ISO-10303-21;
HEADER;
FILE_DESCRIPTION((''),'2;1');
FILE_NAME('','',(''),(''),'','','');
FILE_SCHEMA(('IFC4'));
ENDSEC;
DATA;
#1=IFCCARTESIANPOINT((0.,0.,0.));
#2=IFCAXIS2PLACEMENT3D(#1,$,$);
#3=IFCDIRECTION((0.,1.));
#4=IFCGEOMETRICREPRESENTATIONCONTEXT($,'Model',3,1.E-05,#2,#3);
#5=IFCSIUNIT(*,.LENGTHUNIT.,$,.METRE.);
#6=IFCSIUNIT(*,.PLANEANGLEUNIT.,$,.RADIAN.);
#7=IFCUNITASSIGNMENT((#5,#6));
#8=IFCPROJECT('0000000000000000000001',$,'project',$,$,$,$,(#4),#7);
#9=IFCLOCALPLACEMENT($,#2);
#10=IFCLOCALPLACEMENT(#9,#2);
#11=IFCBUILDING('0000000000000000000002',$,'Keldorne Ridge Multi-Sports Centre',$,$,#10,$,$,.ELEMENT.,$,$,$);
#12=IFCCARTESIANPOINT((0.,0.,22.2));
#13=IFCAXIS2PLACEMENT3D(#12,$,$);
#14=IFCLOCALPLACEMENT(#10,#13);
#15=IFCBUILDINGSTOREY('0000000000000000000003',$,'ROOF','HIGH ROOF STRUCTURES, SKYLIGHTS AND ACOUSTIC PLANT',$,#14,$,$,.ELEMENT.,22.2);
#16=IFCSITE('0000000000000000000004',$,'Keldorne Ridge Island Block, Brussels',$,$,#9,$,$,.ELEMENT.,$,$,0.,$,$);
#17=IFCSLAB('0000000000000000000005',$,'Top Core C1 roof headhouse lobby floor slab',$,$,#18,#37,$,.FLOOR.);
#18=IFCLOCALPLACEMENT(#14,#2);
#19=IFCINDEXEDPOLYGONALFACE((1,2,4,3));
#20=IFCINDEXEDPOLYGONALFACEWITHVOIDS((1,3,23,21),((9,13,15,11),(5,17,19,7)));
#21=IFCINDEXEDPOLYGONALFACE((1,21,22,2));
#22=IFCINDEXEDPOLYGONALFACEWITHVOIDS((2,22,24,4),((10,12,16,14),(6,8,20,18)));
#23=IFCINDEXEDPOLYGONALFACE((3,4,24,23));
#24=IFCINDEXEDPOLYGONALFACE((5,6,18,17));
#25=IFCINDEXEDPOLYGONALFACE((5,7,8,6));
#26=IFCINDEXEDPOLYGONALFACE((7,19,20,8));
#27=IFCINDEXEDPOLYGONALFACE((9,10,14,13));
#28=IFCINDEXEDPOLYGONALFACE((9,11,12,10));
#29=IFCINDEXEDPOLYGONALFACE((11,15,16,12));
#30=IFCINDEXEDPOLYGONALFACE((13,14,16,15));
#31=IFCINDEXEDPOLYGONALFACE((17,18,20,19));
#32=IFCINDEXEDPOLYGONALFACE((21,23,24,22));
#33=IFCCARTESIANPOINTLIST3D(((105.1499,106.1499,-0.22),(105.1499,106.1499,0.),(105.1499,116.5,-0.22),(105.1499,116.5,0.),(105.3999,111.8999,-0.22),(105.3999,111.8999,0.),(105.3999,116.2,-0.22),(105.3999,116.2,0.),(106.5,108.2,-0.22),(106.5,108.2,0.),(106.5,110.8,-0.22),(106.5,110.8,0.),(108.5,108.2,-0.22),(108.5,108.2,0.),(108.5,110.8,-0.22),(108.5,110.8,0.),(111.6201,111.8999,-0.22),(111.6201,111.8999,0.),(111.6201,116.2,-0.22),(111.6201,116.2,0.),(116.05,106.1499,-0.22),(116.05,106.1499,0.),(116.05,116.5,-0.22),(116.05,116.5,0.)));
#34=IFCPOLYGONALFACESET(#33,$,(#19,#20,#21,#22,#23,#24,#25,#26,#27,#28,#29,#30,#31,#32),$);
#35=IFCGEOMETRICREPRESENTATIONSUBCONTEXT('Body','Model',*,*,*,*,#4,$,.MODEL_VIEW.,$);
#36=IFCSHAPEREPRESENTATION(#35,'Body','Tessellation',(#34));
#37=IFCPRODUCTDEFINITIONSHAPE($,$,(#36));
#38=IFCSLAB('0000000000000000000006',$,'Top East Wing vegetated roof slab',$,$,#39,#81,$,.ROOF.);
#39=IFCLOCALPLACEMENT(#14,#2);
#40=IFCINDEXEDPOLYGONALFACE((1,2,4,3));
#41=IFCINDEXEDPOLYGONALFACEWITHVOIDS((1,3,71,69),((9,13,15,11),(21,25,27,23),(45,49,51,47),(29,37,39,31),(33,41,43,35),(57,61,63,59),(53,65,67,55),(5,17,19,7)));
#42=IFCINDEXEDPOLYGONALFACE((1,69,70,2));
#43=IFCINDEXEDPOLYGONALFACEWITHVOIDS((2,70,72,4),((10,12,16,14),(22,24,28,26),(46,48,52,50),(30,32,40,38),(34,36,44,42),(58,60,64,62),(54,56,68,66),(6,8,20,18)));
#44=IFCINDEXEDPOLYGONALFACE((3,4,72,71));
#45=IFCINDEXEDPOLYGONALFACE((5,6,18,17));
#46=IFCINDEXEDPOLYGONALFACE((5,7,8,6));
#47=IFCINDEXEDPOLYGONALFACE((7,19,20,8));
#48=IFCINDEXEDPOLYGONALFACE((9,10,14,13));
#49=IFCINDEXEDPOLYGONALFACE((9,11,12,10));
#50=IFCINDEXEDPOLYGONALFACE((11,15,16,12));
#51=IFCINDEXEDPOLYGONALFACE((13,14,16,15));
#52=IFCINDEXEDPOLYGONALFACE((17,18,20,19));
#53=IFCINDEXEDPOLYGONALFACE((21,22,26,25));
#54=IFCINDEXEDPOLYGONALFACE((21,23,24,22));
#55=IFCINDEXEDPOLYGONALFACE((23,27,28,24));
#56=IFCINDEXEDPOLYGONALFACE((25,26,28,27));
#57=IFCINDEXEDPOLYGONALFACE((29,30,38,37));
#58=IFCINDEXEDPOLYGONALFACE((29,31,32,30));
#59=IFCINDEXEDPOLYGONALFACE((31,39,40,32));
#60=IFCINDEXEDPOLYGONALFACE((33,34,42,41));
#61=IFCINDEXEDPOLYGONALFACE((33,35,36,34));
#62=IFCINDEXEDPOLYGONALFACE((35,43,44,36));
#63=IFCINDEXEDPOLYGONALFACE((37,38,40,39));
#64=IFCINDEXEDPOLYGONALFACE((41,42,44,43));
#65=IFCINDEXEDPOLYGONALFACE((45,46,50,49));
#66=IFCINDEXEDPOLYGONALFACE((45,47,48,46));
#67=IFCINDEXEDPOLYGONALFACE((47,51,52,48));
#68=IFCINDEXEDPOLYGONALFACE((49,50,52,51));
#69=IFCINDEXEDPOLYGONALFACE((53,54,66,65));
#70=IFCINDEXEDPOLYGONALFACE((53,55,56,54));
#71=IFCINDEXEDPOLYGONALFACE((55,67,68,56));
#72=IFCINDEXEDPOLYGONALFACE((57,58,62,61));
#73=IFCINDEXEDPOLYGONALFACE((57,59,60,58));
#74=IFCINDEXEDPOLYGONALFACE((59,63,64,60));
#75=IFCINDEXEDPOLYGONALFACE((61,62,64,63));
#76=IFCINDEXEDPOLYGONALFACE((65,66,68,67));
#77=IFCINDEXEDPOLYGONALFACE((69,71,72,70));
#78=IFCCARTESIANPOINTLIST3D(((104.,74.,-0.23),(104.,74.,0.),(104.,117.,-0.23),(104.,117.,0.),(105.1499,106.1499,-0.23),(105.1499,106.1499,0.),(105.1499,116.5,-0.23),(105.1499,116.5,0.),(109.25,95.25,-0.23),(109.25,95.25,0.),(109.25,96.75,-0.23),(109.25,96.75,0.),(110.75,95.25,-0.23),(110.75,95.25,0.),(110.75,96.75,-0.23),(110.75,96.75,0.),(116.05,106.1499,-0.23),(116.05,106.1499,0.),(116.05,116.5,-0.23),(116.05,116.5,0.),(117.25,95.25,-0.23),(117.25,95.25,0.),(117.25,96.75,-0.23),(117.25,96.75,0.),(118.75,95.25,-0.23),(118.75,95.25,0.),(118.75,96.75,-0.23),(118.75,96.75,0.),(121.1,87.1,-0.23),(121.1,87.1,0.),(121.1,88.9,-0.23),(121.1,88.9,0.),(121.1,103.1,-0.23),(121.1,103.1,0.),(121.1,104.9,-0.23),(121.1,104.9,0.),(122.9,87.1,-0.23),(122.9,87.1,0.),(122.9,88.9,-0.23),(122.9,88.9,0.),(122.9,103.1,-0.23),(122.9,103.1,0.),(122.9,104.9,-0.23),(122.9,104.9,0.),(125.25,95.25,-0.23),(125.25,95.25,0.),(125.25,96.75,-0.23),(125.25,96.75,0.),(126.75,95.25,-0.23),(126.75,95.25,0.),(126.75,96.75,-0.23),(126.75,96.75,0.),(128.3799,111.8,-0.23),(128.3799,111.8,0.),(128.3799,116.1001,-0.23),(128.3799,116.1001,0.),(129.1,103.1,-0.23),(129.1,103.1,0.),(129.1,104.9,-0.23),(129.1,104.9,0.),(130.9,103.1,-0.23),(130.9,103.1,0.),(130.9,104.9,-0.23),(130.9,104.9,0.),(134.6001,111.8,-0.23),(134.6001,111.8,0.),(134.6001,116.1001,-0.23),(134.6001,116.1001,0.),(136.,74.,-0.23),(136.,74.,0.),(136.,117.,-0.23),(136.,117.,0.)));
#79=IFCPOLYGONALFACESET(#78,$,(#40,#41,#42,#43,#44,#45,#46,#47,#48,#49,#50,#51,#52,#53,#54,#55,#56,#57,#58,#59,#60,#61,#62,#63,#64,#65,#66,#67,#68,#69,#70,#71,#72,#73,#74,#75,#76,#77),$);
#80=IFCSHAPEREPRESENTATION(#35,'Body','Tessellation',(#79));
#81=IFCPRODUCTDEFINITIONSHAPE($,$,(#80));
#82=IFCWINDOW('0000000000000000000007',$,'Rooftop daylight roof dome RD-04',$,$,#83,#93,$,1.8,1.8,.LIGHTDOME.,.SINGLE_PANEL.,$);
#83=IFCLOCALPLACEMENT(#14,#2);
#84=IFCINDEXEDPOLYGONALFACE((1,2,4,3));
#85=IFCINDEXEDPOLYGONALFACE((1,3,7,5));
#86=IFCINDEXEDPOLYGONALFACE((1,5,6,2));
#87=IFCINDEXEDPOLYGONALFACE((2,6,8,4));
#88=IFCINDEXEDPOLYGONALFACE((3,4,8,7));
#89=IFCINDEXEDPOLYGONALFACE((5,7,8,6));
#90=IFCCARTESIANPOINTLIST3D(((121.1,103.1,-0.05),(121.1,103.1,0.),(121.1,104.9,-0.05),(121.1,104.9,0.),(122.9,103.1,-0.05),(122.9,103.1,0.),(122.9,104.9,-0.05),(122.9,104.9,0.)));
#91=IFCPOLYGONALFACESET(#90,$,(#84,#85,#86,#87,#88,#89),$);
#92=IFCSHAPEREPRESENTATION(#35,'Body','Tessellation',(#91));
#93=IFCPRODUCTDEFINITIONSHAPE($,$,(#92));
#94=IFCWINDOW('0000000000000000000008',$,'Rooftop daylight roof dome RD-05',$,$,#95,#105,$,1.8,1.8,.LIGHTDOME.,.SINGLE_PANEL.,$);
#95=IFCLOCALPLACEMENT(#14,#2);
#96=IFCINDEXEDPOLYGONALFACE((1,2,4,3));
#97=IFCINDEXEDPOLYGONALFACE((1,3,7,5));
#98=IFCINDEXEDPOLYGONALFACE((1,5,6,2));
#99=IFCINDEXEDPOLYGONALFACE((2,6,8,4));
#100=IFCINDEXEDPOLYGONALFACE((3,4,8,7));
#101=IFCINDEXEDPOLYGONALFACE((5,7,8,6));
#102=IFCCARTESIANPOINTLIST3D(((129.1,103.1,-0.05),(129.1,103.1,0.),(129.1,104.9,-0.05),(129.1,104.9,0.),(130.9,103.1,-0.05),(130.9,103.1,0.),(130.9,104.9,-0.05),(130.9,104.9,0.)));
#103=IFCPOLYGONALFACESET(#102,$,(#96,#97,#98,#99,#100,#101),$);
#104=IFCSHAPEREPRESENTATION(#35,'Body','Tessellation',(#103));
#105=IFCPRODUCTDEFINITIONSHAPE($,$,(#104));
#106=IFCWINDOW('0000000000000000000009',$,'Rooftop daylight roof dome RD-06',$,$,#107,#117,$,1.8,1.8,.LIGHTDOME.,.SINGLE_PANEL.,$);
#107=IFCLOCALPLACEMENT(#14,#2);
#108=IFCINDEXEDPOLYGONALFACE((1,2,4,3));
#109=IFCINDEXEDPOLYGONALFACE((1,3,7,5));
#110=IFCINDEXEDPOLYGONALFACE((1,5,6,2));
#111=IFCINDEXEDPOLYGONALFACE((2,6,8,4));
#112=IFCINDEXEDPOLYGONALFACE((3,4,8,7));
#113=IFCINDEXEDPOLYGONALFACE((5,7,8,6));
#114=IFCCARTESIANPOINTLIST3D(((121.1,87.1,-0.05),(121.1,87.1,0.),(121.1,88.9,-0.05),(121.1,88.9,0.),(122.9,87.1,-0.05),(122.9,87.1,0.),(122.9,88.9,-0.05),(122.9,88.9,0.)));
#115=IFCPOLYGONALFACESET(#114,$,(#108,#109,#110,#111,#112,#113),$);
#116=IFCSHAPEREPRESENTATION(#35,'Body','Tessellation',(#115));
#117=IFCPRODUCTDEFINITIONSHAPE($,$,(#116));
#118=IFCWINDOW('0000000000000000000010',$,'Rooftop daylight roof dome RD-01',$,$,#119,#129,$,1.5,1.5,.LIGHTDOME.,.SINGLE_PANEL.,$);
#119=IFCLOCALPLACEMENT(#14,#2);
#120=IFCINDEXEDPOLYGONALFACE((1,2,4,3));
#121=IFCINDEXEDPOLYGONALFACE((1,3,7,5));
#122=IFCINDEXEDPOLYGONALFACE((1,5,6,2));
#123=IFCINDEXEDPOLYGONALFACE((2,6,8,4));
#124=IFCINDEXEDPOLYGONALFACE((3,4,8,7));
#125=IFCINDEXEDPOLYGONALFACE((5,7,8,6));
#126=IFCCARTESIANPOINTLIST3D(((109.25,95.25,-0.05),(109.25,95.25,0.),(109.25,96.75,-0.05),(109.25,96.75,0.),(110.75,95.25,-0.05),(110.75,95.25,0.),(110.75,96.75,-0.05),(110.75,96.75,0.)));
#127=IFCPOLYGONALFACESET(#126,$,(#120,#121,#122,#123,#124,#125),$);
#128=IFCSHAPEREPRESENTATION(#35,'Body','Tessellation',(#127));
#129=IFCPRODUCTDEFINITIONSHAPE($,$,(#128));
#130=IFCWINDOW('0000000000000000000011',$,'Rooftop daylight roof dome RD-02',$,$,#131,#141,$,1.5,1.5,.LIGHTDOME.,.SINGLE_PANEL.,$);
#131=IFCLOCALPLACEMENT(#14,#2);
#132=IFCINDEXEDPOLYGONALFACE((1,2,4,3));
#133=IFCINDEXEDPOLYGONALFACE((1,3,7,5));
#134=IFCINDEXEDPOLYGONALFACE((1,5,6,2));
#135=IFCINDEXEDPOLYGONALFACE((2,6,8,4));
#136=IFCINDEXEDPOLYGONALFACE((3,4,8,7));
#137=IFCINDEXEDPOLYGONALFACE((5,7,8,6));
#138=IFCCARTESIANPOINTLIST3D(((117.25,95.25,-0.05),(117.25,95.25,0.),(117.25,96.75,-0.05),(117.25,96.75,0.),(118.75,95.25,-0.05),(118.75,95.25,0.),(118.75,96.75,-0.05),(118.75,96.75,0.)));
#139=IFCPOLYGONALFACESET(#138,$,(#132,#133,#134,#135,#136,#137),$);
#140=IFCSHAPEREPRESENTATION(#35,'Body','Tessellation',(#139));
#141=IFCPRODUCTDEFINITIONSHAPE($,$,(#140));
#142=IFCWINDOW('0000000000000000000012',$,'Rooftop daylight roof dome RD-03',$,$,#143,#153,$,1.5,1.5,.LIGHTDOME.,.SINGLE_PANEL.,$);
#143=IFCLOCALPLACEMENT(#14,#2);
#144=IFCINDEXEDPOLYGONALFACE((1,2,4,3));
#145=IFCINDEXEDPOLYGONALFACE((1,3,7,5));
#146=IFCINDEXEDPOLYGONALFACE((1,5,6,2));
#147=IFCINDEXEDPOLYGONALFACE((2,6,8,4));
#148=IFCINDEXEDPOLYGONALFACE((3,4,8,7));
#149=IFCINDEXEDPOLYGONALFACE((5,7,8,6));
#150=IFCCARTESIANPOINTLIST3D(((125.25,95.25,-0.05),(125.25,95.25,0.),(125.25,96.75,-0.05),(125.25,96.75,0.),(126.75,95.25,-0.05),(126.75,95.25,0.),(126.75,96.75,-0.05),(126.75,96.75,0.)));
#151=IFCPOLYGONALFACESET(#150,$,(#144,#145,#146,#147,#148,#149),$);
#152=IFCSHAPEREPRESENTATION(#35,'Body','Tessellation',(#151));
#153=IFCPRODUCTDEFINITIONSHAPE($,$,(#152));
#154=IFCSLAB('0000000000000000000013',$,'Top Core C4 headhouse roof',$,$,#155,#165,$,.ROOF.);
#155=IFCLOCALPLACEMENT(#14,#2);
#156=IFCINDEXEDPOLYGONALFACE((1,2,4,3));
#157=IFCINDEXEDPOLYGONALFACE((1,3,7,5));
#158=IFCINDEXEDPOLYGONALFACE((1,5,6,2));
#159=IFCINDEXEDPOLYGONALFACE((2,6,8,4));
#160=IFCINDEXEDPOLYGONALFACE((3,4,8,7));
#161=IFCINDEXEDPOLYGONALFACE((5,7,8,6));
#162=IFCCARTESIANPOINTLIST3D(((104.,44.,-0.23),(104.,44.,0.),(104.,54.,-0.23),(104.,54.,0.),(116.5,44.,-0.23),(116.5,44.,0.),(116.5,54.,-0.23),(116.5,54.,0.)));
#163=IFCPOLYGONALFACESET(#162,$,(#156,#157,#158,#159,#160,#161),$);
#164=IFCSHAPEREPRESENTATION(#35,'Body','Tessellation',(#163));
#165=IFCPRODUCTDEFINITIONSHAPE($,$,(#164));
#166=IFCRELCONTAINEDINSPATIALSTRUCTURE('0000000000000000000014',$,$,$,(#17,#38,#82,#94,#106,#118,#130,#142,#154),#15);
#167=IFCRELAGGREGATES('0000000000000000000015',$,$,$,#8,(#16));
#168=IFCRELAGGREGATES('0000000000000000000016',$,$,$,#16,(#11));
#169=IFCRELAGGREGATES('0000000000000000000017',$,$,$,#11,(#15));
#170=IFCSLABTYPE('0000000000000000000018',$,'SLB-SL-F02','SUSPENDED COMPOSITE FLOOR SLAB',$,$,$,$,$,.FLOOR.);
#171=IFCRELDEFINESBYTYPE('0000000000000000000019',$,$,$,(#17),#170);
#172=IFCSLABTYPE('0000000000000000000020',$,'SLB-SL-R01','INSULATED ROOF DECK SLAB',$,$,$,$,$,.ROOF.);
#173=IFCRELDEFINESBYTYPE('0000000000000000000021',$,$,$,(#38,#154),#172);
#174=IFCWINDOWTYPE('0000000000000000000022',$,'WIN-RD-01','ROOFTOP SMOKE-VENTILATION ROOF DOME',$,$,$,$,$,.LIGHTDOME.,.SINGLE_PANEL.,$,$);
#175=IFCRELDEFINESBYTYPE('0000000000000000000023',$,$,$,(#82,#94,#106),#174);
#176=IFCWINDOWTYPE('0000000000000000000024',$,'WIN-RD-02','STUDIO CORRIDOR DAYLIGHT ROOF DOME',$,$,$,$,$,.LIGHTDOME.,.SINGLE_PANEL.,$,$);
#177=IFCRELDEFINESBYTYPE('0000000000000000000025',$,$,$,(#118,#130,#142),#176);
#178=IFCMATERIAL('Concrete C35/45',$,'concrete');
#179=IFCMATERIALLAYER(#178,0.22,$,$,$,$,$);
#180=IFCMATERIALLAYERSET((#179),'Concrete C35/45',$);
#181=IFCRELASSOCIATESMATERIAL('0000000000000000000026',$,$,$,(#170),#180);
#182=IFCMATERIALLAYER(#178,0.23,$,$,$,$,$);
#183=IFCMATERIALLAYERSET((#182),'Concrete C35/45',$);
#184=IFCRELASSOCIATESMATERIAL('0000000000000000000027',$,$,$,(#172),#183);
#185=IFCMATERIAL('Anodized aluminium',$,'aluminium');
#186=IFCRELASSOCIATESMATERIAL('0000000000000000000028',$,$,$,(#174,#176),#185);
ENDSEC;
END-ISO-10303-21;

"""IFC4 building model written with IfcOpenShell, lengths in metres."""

from ifc_helpers import new_model, si_unit, direction, frame, origin, origin_2d, place, context, subcontext, project, spatial, polyline, rectangle, outline, extrude, material, layer, layer_set, type_object, element, fill, save


model = new_model("IFC4")

# Units and contexts
model_context = context("Model", 3, precision=1e-05, world=origin(), true_north=direction((0.0, 1.0)))
body_context = subcontext(model_context, "Body", "Model", "MODEL_VIEW")
ifc_project = project(units=[si_unit("LENGTHUNIT", "METRE"), si_unit("PLANEANGLEUNIT", "RADIAN")], contexts=[model_context])

# Site, building, storey
site_placement = place(None, origin())
site = spatial("IfcSite", under=ifc_project, at=site_placement, Name="Keldorne Ridge Island Block, Brussels", CompositionType="ELEMENT", RefElevation=0.0)
building_placement = place(site_placement, origin())
building = spatial("IfcBuilding", under=site, at=building_placement, Name="Keldorne Ridge Multi-Sports Centre", CompositionType="ELEMENT")
storey_placement = place(building_placement, frame((0.0, 0.0, 22.2)))
storey = spatial("IfcBuildingStorey", under=building, at=storey_placement, Name="ROOF", Description="HIGH ROOF STRUCTURES, SKYLIGHTS AND ACOUSTIC PLANT", CompositionType="ELEMENT", Elevation=22.2)

# Slab
ifc_material_1 = material(Name="Concrete C35/45", Category="concrete")
ifc_layer_1 = layer(ifc_material_1, 0.22)
ifc_layer_set_1 = layer_set([ifc_layer_1], Name="Concrete C35/45")
slab_type_1 = type_object("IfcSlabType", Name="SLB-SL-F02", Description="SUSPENDED COMPOSITE FLOOR SLAB", PredefinedType="FLOOR", material=ifc_layer_set_1)
slab_1_placement = place(storey_placement, frame((0.0, 0.0, -0.22)))
element("IfcSlab", 1, at=slab_1_placement, inside=storey, type_object=slab_type_1, Name="Top Core C1 roof headhouse lobby floor slab", PredefinedType="FLOOR", context=body_context, shape_type="SweptSolid", body=[
    extrude(outline(polyline([(105.1499, 106.1499), (116.05, 106.1499), (116.05, 116.5), (105.1499, 116.5), (105.1499, 106.1499)]), holes=[polyline([(105.3999, 111.8999), (105.3999, 116.2), (111.6201, 116.2), (111.6201, 111.8999), (105.3999, 111.8999)]), polyline([(106.5, 108.2), (106.5, 110.8), (108.5, 110.8), (108.5, 108.2), (106.5, 108.2)])]), origin(), (0.0, 0.0, 1.0), 0.22),
])

# Slab, openings, windows
ifc_layer_2 = layer(ifc_material_1, 0.23)
ifc_layer_set_2 = layer_set([ifc_layer_2], Name="Concrete C35/45")
slab_type_2 = type_object("IfcSlabType", Name="SLB-SL-R01", Description="INSULATED ROOF DECK SLAB", PredefinedType="ROOF", material=ifc_layer_set_2)
slab_2_placement = place(storey_placement, frame((0.0, 0.0, -0.23)))
slab_2 = element("IfcSlab", 2, at=slab_2_placement, inside=storey, type_object=slab_type_2, Name="Top East Wing vegetated roof slab", PredefinedType="ROOF", context=body_context, shape_type="SweptSolid", body=[
    extrude(outline(polyline([(104.0, 74.0), (136.0, 74.0), (136.0, 117.0), (104.0, 117.0), (104.0, 74.0)]), holes=[polyline([(128.3799, 111.8), (128.3799, 116.1001), (134.6001, 116.1001), (134.6001, 111.8), (128.3799, 111.8)]), polyline([(105.1499, 106.1499), (105.1499, 116.5), (116.05, 116.5), (116.05, 106.1499), (105.1499, 106.1499)]), polyline([(109.25, 95.25), (109.25, 96.75), (110.75, 96.75), (110.75, 95.25), (109.25, 95.25)]), polyline([(117.25, 95.25), (117.25, 96.75), (118.75, 96.75), (118.75, 95.25), (117.25, 95.25)]), polyline([(125.25, 95.25), (125.25, 96.75), (126.75, 96.75), (126.75, 95.25), (125.25, 95.25)]), polyline([(121.1001, 103.1001), (121.1001, 104.8999), (122.8999, 104.8999), (122.8999, 103.1001), (121.1001, 103.1001)]), polyline([(129.1001, 103.1001), (129.1001, 104.8999), (130.8999, 104.8999), (130.8999, 103.1001), (129.1001, 103.1001)]), polyline([(121.1001, 87.1001), (121.1001, 88.8999), (122.8999, 88.8999), (122.8999, 87.1001), (121.1001, 87.1001)])]), origin(), (0.0, 0.0, 1.0), 0.23),
])
opening_1_placement = place(slab_2_placement, frame((110.0, 96.0, 0.0)))
opening_1 = element("IfcOpeningElement", 3, at=opening_1_placement, cuts=slab_2, PredefinedType="OPENING", context=body_context, shape_type="SweptSolid", body=[
    extrude(rectangle(XDim=1.5, YDim=1.5, at=origin_2d()), frame((0.0, 0.0, -0.01)), (0.0, 0.0, 1.0), 0.25),
])
opening_2_placement = place(slab_2_placement, frame((118.0, 96.0, 0.0)))
opening_2 = element("IfcOpeningElement", 4, at=opening_2_placement, cuts=slab_2, PredefinedType="OPENING", context=body_context, shape_type="SweptSolid", body=[
    extrude(rectangle(XDim=1.5, YDim=1.5, at=origin_2d()), frame((0.0, 0.0, -0.01)), (0.0, 0.0, 1.0), 0.25),
])
opening_3_placement = place(slab_2_placement, frame((126.0, 96.0, 0.0)))
opening_3 = element("IfcOpeningElement", 5, at=opening_3_placement, cuts=slab_2, PredefinedType="OPENING", context=body_context, shape_type="SweptSolid", body=[
    extrude(rectangle(XDim=1.5, YDim=1.5, at=origin_2d()), frame((0.0, 0.0, -0.01)), (0.0, 0.0, 1.0), 0.25),
])
opening_4_placement = place(slab_2_placement, frame((122.0, 104.0, 0.0)))
opening_4 = element("IfcOpeningElement", 6, at=opening_4_placement, cuts=slab_2, PredefinedType="OPENING", context=body_context, shape_type="SweptSolid", body=[
    extrude(rectangle(XDim=1.8, YDim=1.8, at=origin_2d()), frame((0.0, 0.0, -0.01)), (0.0, 0.0, 1.0), 0.25),
])
opening_5_placement = place(slab_2_placement, frame((130.0, 104.0, 0.0)))
opening_5 = element("IfcOpeningElement", 7, at=opening_5_placement, cuts=slab_2, PredefinedType="OPENING", context=body_context, shape_type="SweptSolid", body=[
    extrude(rectangle(XDim=1.8, YDim=1.8, at=origin_2d()), frame((0.0, 0.0, -0.01)), (0.0, 0.0, 1.0), 0.25),
])
opening_6_placement = place(slab_2_placement, frame((122.0, 88.0, 0.0)))
opening_6 = element("IfcOpeningElement", 8, at=opening_6_placement, cuts=slab_2, PredefinedType="OPENING", context=body_context, shape_type="SweptSolid", body=[
    extrude(rectangle(XDim=1.8, YDim=1.8, at=origin_2d()), frame((0.0, 0.0, -0.01)), (0.0, 0.0, 1.0), 0.25),
])
ifc_material_2 = material(Name="Anodized aluminium", Category="aluminium")
window_type_1 = type_object("IfcWindowType", Name="WIN-RD-01", Description="ROOFTOP SMOKE-VENTILATION ROOF DOME", PartitioningType="SINGLE_PANEL", PredefinedType="LIGHTDOME", material=ifc_material_2)
window_1_placement = place(opening_4_placement, frame((0.0, 0.0, 0.1799)))
window_1 = element("IfcWindow", 9, at=window_1_placement, inside=storey, type_object=window_type_1, Name="Rooftop daylight roof dome RD-04", OverallHeight=1.8, OverallWidth=1.8, PartitioningType="SINGLE_PANEL", PredefinedType="LIGHTDOME", context=body_context, shape_type="SweptSolid", body=[
    extrude(rectangle(XDim=1.8, YDim=1.8, at=origin_2d()), origin(), (0.0, 0.0, 1.0), 0.05),
])
fill(opening_4, window_1)
window_2_placement = place(opening_5_placement, frame((0.0, 0.0, 0.1799)))
window_2 = element("IfcWindow", 10, at=window_2_placement, inside=storey, type_object=window_type_1, Name="Rooftop daylight roof dome RD-05", OverallHeight=1.8, OverallWidth=1.8, PartitioningType="SINGLE_PANEL", PredefinedType="LIGHTDOME", context=body_context, shape_type="SweptSolid", body=[
    extrude(rectangle(XDim=1.8, YDim=1.8, at=origin_2d()), origin(), (0.0, 0.0, 1.0), 0.05),
])
fill(opening_5, window_2)
window_3_placement = place(opening_6_placement, frame((0.0, 0.0, 0.1799)))
window_3 = element("IfcWindow", 11, at=window_3_placement, inside=storey, type_object=window_type_1, Name="Rooftop daylight roof dome RD-06", OverallHeight=1.8, OverallWidth=1.8, PartitioningType="SINGLE_PANEL", PredefinedType="LIGHTDOME", context=body_context, shape_type="SweptSolid", body=[
    extrude(rectangle(XDim=1.8, YDim=1.8, at=origin_2d()), origin(), (0.0, 0.0, 1.0), 0.05),
])
fill(opening_6, window_3)
window_type_2 = type_object("IfcWindowType", Name="WIN-RD-02", Description="STUDIO CORRIDOR DAYLIGHT ROOF DOME", PartitioningType="SINGLE_PANEL", PredefinedType="LIGHTDOME", material=ifc_material_2)
window_4_placement = place(opening_1_placement, frame((0.0, 0.0, 0.1799)))
window_4 = element("IfcWindow", 12, at=window_4_placement, inside=storey, type_object=window_type_2, Name="Rooftop daylight roof dome RD-01", OverallHeight=1.5, OverallWidth=1.5, PartitioningType="SINGLE_PANEL", PredefinedType="LIGHTDOME", context=body_context, shape_type="SweptSolid", body=[
    extrude(rectangle(XDim=1.5, YDim=1.5, at=origin_2d()), origin(), (0.0, 0.0, 1.0), 0.05),
])
fill(opening_1, window_4)
window_5_placement = place(opening_2_placement, frame((0.0, 0.0, 0.1799)))
window_5 = element("IfcWindow", 13, at=window_5_placement, inside=storey, type_object=window_type_2, Name="Rooftop daylight roof dome RD-02", OverallHeight=1.5, OverallWidth=1.5, PartitioningType="SINGLE_PANEL", PredefinedType="LIGHTDOME", context=body_context, shape_type="SweptSolid", body=[
    extrude(rectangle(XDim=1.5, YDim=1.5, at=origin_2d()), origin(), (0.0, 0.0, 1.0), 0.05),
])
fill(opening_2, window_5)
window_6_placement = place(opening_3_placement, frame((0.0, 0.0, 0.1799)))
window_6 = element("IfcWindow", 14, at=window_6_placement, inside=storey, type_object=window_type_2, Name="Rooftop daylight roof dome RD-03", OverallHeight=1.5, OverallWidth=1.5, PartitioningType="SINGLE_PANEL", PredefinedType="LIGHTDOME", context=body_context, shape_type="SweptSolid", body=[
    extrude(rectangle(XDim=1.5, YDim=1.5, at=origin_2d()), origin(), (0.0, 0.0, 1.0), 0.05),
])
fill(opening_3, window_6)

# Slab
slab_3_placement = place(storey_placement, frame((0.0, 0.0, -0.23)))
element("IfcSlab", 15, at=slab_3_placement, inside=storey, type_object=slab_type_2, Name="Top Core C4 headhouse roof", PredefinedType="ROOF", context=body_context, shape_type="SweptSolid", body=[
    extrude(outline(polyline([(104.0, 44.0), (116.5, 44.0), (116.5, 54.0), (104.0, 54.0), (104.0, 44.0)])), origin(), (0.0, 0.0, 1.0), 0.23),
])

save(model, "model.ifc")
